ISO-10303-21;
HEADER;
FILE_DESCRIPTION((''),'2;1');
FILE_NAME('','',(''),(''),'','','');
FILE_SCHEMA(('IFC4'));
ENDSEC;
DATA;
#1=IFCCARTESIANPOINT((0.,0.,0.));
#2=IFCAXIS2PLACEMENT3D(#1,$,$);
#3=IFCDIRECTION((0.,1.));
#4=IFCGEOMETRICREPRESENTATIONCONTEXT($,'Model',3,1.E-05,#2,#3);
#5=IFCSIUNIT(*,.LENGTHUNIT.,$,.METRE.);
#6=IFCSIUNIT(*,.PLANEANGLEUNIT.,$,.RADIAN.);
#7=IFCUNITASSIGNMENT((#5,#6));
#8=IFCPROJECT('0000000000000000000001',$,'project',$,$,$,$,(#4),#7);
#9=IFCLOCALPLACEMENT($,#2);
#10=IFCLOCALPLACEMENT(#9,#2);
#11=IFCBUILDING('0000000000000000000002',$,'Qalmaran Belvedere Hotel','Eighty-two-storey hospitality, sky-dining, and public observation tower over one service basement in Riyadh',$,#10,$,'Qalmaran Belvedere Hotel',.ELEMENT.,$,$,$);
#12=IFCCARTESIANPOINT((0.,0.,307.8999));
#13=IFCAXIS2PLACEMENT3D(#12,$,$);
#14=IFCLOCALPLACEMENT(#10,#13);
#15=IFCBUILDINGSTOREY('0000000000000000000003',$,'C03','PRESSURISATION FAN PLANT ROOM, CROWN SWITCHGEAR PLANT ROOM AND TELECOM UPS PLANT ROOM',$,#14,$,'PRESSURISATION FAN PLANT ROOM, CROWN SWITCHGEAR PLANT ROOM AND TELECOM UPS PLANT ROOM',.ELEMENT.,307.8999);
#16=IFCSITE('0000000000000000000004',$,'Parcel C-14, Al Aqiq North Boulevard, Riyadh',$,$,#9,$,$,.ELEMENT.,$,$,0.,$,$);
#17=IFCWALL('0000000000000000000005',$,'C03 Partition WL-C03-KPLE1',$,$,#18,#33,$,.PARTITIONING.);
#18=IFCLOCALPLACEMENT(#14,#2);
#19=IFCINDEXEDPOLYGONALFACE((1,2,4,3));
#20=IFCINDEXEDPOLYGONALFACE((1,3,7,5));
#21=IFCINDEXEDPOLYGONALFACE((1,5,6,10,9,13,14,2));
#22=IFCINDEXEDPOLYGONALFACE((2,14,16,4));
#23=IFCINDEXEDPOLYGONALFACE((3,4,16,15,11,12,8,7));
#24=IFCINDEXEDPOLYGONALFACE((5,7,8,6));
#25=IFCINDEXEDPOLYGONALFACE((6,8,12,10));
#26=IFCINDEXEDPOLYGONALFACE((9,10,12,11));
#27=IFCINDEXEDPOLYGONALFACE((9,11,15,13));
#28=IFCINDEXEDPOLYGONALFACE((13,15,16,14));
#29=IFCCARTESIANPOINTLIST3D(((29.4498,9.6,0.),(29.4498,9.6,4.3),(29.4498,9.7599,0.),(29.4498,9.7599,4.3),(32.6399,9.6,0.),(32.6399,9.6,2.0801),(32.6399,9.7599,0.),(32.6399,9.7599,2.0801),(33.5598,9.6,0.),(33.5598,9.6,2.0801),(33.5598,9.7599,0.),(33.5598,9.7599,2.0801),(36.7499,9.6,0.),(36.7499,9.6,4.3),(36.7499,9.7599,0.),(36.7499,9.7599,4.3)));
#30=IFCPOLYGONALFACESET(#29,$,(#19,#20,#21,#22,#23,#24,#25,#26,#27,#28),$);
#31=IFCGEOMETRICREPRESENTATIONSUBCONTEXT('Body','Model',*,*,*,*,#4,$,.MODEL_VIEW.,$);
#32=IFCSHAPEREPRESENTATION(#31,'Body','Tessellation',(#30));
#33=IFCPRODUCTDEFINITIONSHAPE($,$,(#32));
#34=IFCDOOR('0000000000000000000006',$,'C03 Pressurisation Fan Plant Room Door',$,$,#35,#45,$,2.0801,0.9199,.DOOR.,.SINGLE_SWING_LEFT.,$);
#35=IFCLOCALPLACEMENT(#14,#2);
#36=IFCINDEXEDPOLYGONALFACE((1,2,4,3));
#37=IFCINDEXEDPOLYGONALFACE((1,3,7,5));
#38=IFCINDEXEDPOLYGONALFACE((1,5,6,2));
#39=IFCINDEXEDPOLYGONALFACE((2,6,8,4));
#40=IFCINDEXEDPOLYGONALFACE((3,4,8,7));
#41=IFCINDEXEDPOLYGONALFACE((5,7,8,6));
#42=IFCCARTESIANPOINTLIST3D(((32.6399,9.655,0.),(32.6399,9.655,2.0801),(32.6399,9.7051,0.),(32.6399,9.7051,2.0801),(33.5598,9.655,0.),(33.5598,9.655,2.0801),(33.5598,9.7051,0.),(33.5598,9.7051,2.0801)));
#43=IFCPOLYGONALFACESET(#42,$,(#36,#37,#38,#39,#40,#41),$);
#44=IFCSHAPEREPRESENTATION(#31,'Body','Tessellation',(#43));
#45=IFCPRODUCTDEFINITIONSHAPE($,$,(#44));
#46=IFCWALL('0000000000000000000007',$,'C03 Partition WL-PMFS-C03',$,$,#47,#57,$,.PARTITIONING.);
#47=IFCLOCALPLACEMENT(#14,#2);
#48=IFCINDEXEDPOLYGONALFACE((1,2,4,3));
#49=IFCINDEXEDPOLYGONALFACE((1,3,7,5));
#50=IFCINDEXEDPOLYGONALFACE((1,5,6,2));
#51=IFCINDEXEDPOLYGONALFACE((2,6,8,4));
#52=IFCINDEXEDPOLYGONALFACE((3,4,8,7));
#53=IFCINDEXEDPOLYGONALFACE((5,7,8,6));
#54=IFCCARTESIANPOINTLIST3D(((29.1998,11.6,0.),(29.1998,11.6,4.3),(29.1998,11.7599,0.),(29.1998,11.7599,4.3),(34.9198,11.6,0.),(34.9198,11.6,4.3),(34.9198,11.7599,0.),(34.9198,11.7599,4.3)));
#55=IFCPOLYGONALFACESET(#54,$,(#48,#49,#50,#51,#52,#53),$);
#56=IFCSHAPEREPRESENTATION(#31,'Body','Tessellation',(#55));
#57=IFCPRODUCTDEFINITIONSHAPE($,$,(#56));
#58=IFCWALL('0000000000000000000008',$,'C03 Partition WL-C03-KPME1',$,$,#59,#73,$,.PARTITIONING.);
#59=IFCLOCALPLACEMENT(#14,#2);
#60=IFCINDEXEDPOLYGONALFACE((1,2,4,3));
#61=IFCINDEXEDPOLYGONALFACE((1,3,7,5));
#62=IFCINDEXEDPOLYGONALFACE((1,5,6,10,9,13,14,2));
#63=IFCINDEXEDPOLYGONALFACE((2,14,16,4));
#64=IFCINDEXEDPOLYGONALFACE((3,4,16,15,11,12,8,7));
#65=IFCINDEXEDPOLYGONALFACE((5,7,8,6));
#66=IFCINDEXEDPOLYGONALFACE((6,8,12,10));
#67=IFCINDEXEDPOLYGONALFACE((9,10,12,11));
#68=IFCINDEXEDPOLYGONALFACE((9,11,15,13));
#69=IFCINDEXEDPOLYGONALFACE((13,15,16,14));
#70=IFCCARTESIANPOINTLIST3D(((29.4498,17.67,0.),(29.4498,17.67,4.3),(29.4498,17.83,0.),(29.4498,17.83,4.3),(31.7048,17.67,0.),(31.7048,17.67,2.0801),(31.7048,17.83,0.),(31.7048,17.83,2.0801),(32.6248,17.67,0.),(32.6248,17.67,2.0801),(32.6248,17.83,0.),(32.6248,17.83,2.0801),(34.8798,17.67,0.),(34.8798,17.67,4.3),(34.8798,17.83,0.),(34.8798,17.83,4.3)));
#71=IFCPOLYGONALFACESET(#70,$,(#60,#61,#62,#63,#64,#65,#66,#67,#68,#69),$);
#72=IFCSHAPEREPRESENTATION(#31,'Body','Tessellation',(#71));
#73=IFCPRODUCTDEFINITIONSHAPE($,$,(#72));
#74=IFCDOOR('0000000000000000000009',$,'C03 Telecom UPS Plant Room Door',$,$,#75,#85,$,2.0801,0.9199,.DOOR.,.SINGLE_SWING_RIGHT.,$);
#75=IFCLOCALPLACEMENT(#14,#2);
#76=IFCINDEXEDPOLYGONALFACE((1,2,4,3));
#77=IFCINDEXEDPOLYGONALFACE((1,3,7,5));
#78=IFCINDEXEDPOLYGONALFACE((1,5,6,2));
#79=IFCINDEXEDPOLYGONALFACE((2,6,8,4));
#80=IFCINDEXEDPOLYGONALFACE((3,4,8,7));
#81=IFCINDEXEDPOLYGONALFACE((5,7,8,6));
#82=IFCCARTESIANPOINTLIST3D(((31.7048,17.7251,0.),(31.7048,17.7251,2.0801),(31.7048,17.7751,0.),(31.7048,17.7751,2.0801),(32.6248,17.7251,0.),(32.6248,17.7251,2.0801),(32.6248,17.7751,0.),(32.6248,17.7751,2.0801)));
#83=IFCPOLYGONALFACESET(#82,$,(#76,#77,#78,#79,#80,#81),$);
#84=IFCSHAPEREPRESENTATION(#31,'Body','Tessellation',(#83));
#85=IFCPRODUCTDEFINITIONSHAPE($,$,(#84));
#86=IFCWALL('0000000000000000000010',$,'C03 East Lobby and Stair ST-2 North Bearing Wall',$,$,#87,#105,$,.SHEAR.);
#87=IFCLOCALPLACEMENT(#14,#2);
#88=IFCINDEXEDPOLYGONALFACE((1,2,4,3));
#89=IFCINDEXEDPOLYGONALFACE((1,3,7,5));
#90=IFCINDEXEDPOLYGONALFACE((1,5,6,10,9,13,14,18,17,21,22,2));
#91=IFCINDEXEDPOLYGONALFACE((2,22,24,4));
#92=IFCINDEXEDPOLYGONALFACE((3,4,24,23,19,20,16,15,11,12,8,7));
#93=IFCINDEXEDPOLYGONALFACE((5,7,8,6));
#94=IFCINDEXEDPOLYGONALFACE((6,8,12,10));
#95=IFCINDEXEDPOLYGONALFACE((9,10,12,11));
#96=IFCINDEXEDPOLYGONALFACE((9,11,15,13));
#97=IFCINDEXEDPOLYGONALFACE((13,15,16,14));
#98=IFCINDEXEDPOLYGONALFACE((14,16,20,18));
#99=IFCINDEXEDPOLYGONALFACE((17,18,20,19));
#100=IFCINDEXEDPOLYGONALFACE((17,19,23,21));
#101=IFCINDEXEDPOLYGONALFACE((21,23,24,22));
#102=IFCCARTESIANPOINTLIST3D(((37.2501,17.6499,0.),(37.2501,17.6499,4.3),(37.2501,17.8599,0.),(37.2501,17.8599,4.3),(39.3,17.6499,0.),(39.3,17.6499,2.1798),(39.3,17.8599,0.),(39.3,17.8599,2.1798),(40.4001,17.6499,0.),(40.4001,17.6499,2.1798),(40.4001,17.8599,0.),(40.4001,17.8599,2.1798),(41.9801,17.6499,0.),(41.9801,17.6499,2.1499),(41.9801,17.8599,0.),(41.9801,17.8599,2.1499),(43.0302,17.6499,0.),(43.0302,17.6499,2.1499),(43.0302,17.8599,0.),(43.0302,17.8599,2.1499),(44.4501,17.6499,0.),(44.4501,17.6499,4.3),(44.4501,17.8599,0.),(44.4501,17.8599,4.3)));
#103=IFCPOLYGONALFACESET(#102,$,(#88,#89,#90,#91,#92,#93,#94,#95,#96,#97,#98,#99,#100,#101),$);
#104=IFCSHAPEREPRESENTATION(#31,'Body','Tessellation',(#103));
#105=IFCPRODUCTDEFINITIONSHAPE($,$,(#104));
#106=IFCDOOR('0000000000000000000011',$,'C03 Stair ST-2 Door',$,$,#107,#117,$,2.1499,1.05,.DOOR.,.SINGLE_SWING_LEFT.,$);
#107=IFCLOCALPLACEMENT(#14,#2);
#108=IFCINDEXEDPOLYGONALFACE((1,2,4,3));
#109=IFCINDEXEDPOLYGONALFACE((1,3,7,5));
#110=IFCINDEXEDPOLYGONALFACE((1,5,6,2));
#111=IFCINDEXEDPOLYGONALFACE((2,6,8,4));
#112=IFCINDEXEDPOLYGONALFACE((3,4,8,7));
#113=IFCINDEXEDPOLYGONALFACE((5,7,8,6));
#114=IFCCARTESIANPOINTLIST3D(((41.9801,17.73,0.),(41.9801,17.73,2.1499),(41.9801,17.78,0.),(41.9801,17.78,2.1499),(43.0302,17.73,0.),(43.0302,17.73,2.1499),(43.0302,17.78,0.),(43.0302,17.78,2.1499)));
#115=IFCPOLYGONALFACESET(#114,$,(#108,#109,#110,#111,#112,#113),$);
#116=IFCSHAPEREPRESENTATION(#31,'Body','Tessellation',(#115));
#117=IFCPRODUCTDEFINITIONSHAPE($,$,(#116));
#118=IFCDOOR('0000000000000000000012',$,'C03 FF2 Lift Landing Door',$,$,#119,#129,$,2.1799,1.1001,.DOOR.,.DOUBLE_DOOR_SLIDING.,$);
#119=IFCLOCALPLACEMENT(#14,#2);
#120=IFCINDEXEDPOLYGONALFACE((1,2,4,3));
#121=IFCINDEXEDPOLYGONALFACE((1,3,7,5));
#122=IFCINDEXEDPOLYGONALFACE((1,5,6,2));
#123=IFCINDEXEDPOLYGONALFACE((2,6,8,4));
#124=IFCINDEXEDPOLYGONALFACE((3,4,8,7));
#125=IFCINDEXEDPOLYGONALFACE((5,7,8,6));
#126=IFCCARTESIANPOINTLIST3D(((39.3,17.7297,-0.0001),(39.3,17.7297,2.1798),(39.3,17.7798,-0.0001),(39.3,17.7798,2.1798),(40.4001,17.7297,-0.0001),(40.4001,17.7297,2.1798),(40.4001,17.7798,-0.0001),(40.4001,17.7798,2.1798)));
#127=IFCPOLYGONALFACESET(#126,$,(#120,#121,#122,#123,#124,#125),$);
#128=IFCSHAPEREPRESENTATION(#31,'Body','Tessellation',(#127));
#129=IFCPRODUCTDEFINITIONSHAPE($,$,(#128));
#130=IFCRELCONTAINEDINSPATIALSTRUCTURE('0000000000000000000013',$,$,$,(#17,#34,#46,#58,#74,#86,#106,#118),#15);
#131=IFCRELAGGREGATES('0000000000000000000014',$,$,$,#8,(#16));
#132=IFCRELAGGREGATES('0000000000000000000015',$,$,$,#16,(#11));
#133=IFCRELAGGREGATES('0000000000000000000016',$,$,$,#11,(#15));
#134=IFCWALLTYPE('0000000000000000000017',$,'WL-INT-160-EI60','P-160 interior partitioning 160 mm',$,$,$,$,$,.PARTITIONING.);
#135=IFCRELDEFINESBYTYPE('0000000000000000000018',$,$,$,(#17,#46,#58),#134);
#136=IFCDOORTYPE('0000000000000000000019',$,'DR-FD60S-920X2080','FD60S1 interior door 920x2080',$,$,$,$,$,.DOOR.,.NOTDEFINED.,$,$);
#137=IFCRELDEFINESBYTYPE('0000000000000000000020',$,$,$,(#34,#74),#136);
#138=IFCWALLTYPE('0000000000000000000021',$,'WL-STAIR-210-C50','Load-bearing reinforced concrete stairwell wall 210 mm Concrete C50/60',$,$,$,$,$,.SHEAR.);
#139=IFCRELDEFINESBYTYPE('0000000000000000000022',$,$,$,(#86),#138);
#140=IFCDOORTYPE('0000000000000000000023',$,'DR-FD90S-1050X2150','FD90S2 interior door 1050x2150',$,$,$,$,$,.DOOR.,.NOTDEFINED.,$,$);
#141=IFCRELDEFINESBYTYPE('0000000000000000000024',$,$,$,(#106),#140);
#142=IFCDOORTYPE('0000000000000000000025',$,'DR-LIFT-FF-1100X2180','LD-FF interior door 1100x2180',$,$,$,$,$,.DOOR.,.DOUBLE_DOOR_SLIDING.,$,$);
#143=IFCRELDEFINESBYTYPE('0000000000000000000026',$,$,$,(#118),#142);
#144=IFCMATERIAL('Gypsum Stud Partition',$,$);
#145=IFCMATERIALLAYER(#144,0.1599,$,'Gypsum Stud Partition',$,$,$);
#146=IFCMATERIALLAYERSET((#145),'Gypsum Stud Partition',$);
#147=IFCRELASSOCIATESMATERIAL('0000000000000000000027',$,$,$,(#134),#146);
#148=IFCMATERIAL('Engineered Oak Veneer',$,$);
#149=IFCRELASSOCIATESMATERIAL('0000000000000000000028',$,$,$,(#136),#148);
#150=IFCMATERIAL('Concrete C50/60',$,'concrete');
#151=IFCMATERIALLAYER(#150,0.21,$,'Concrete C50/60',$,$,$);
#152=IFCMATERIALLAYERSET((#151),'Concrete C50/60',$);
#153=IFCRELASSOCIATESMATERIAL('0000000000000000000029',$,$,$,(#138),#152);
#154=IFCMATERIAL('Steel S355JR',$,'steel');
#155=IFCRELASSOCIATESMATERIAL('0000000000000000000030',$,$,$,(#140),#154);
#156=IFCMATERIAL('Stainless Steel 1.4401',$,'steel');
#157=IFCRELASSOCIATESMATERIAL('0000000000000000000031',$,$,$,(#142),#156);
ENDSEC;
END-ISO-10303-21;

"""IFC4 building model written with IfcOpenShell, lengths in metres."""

from ifc_helpers import new_model, si_unit, direction, frame, frame_2d, origin, place, context, subcontext, project, spatial, rectangle, extrude, material, layer, layer_set, type_object, element, fill, save


model = new_model("IFC4")

# Units and contexts
model_context = context("Model", 3, precision=1e-05, world=origin(), true_north=direction((0.0, 1.0)))
body_context = subcontext(model_context, "Body", "Model", "MODEL_VIEW")
ifc_project = project(units=[si_unit("LENGTHUNIT", "METRE"), si_unit("PLANEANGLEUNIT", "RADIAN")], contexts=[model_context])

# Site, building, storey
site_placement = place(None, origin())
site = spatial("IfcSite", under=ifc_project, at=site_placement, Name="Parcel C-14, Al Aqiq North Boulevard, Riyadh", CompositionType="ELEMENT", RefElevation=0.0)
building_placement = place(site_placement, origin())
building = spatial("IfcBuilding", under=site, at=building_placement, Name="Qalmaran Belvedere Hotel", Description="Eighty-two-storey hospitality, sky-dining, and public observation tower over one service basement in Riyadh", LongName="Qalmaran Belvedere Hotel", CompositionType="ELEMENT")
storey_placement = place(building_placement, frame((0.0, 0.0, 307.8999)))
storey = spatial("IfcBuildingStorey", under=building, at=storey_placement, Name="C03", Description="PRESSURISATION FAN PLANT ROOM, CROWN SWITCHGEAR PLANT ROOM AND TELECOM UPS PLANT ROOM", LongName="PRESSURISATION FAN PLANT ROOM, CROWN SWITCHGEAR PLANT ROOM AND TELECOM UPS PLANT ROOM", CompositionType="ELEMENT", Elevation=307.8999)

# Shared definitions
ifc_material_1 = material(Name="Concrete C50/60", Category="concrete")
ifc_material_2 = material(Name="Steel S355JR", Category="steel")

# Shared definitions
ifc_material_3 = material(Name="Gypsum Stud Partition")

# Shared definitions
ifc_layer_1 = layer(ifc_material_3, 0.1599, Name="Gypsum Stud Partition")
ifc_layer_set_1 = layer_set([ifc_layer_1], Name="Gypsum Stud Partition")
wall_type_1 = type_object("IfcWallType", Name="WL-INT-160-EI60", Description="P-160 interior partitioning 160 mm", PredefinedType="PARTITIONING", material=ifc_layer_set_1)
ifc_material_4 = material(Name="Engineered Oak Veneer")

# Wall, opening, door
wall_1_placement = place(storey_placement, frame((29.45, 9.6799, 0.0), z_axis=(0.0, 0.0, 1.0), x_axis=(1.0, 0.0, 0.0)))
wall_1 = element("IfcWall", 1, at=wall_1_placement, inside=storey, type_object=wall_type_1, Name="C03 Partition WL-C03-KPLE1", PredefinedType="PARTITIONING", context=body_context, shape_type="SweptSolid", body=[
    extrude(rectangle(XDim=7.3, YDim=0.1599, at=frame_2d((3.6499, 0.0))), origin(), (0.0, 0.0, 1.0), 4.3),
])
opening_1_placement = place(wall_1_placement, frame((4.1099, 0.0, 0.0), z_axis=(0.0, 0.0, 1.0), x_axis=(-1.0, 0.0, 0.0)))
opening_1 = element("IfcOpeningElement", 2, at=opening_1_placement, cuts=wall_1, PredefinedType="OPENING", context=body_context, shape_type="SweptSolid", body=[
    extrude(rectangle(XDim=0.9199, YDim=2.0801, at=frame_2d((0.46, 1.04))), frame((0.0, 0.0898, 0.0), z_axis=(0.0, -1.0, 0.0), x_axis=(1.0, 0.0, 0.0)), (0.0, 0.0, 1.0), 0.1799),
])
door_type_1 = type_object("IfcDoorType", Name="DR-FD60S-920X2080", Description="FD60S1 interior door 920x2080", OperationType="NOTDEFINED", PredefinedType="DOOR", material=ifc_material_4)
door_1_placement = place(opening_1_placement, origin())
door_1 = element("IfcDoor", 3, at=door_1_placement, inside=storey, type_object=door_type_1, Name="C03 Pressurisation Fan Plant Room Door", OperationType="SINGLE_SWING_LEFT", OverallHeight=2.0801, OverallWidth=0.9199, PredefinedType="DOOR", context=body_context, shape_type="SweptSolid", body=[
    extrude(rectangle(XDim=0.9199, YDim=2.0801, at=frame_2d((0.46, 1.04))), frame((0.0, 0.0249, 0.0), z_axis=(0.0, -1.0, 0.0), x_axis=(1.0, 0.0, 0.0)), (0.0, 0.0, 1.0), 0.05),
])
fill(opening_1, door_1)

# Wall
wall_2_placement = place(storey_placement, frame((29.2, 11.6799, 0.0), z_axis=(0.0, 0.0, 1.0), x_axis=(1.0, 0.0, 0.0)))
element("IfcWall", 4, at=wall_2_placement, inside=storey, type_object=wall_type_1, Name="C03 Partition WL-PMFS-C03", PredefinedType="PARTITIONING", context=body_context, shape_type="SweptSolid", body=[
    extrude(rectangle(XDim=5.72, YDim=0.1599, at=frame_2d((2.8599, 0.0))), origin(), (0.0, 0.0, 1.0), 4.3),
])

# Wall, opening, door
wall_3_placement = place(storey_placement, frame((29.45, 17.75, 0.0), z_axis=(0.0, 0.0, 1.0), x_axis=(1.0, 0.0, 0.0)))
wall_3 = element("IfcWall", 5, at=wall_3_placement, inside=storey, type_object=wall_type_1, Name="C03 Partition WL-C03-KPME1", PredefinedType="PARTITIONING", context=body_context, shape_type="SweptSolid", body=[
    extrude(rectangle(XDim=5.4299, YDim=0.1599, at=frame_2d((2.7148, 0.0))), origin(), (0.0, 0.0, 1.0), 4.3),
])
opening_2_placement = place(wall_3_placement, frame((3.1748, 0.0, 0.0), z_axis=(0.0, 0.0, 1.0), x_axis=(-1.0, 0.0, 0.0)))
opening_2 = element("IfcOpeningElement", 6, at=opening_2_placement, cuts=wall_3, PredefinedType="OPENING", context=body_context, shape_type="SweptSolid", body=[
    extrude(rectangle(XDim=0.9199, YDim=2.0801, at=frame_2d((0.46, 1.04))), frame((0.0, 0.0898, 0.0), z_axis=(0.0, -1.0, 0.0), x_axis=(1.0, 0.0, 0.0)), (0.0, 0.0, 1.0), 0.1799),
])
door_2_placement = place(opening_2_placement, origin())
door_2 = element("IfcDoor", 7, at=door_2_placement, inside=storey, type_object=door_type_1, Name="C03 Telecom UPS Plant Room Door", OperationType="SINGLE_SWING_RIGHT", OverallHeight=2.0801, OverallWidth=0.9199, PredefinedType="DOOR", context=body_context, shape_type="SweptSolid", body=[
    extrude(rectangle(XDim=0.9199, YDim=2.0801, at=frame_2d((0.46, 1.04))), frame((0.0, 0.0249, 0.0), z_axis=(0.0, -1.0, 0.0), x_axis=(1.0, 0.0, 0.0)), (0.0, 0.0, 1.0), 0.05),
])
fill(opening_2, door_2)

# Wall, openings, doors
ifc_layer_2 = layer(ifc_material_1, 0.21, Name="Concrete C50/60")
ifc_layer_set_2 = layer_set([ifc_layer_2], Name="Concrete C50/60")
wall_type_2 = type_object("IfcWallType", Name="WL-STAIR-210-C50", Description="Load-bearing reinforced concrete stairwell wall 210 mm Concrete C50/60", PredefinedType="SHEAR", material=ifc_layer_set_2)
wall_4_placement = place(storey_placement, frame((37.25, 17.7549, 0.0), z_axis=(0.0, 0.0, 1.0), x_axis=(1.0, 0.0, 0.0)))
wall_4 = element("IfcWall", 8, at=wall_4_placement, inside=storey, type_object=wall_type_2, Name="C03 East Lobby and Stair ST-2 North Bearing Wall", PredefinedType="SHEAR", context=body_context, shape_type="SweptSolid", body=[
    extrude(rectangle(XDim=7.2, YDim=0.21, at=frame_2d((3.6001, 0.0))), origin(), (0.0, 0.0, 1.0), 4.3),
])
opening_3_placement = place(wall_4_placement, frame((2.05, 0.0, 0.0)))
opening_3 = element("IfcOpeningElement", 9, at=opening_3_placement, cuts=wall_4, PredefinedType="OPENING", context=body_context, shape_type="SweptSolid", body=[
    extrude(rectangle(XDim=1.1001, YDim=2.1799, at=frame_2d((0.55, 1.0898))), frame((0.0, 0.115, 0.0), z_axis=(0.0, -1.0, 0.0), x_axis=(1.0, 0.0, 0.0)), (0.0, 0.0, 1.0), 0.23),
])
opening_4_placement = place(wall_4_placement, frame((5.78, 0.0, 0.0), z_axis=(0.0, 0.0, 1.0), x_axis=(-1.0, 0.0, 0.0)))
opening_4 = element("IfcOpeningElement", 10, at=opening_4_placement, cuts=wall_4, PredefinedType="OPENING", context=body_context, shape_type="SweptSolid", body=[
    extrude(rectangle(XDim=1.05, YDim=2.1499, at=frame_2d((0.5249, 1.075))), frame((0.0, 0.115, 0.0), z_axis=(0.0, -1.0, 0.0), x_axis=(1.0, 0.0, 0.0)), (0.0, 0.0, 1.0), 0.23),
])
door_type_2 = type_object("IfcDoorType", Name="DR-FD90S-1050X2150", Description="FD90S2 interior door 1050x2150", OperationType="NOTDEFINED", PredefinedType="DOOR", material=ifc_material_2)
door_3_placement = place(opening_4_placement, origin())
door_3 = element("IfcDoor", 11, at=door_3_placement, inside=storey, type_object=door_type_2, Name="C03 Stair ST-2 Door", OperationType="SINGLE_SWING_LEFT", OverallHeight=2.1499, OverallWidth=1.05, PredefinedType="DOOR", context=body_context, shape_type="SweptSolid", body=[
    extrude(rectangle(XDim=1.05, YDim=2.1499, at=frame_2d((0.5249, 1.075))), frame((0.0, 0.0249, 0.0), z_axis=(0.0, -1.0, 0.0), x_axis=(1.0, 0.0, 0.0)), (0.0, 0.0, 1.0), 0.05),
])
fill(opening_4, door_3)
ifc_material_5 = material(Name="Stainless Steel 1.4401", Category="steel")
door_type_3 = type_object("IfcDoorType", Name="DR-LIFT-FF-1100X2180", Description="LD-FF interior door 1100x2180", OperationType="DOUBLE_DOOR_SLIDING", PredefinedType="DOOR", material=ifc_material_5)
door_4_placement = place(opening_3_placement, origin())
door_4 = element("IfcDoor", 12, at=door_4_placement, inside=storey, type_object=door_type_3, Name="C03 FF2 Lift Landing Door", OperationType="DOUBLE_DOOR_SLIDING", OverallHeight=2.1799, OverallWidth=1.1001, PredefinedType="DOOR", context=body_context, shape_type="SweptSolid", body=[
    extrude(rectangle(XDim=1.1001, YDim=2.1799, at=frame_2d((0.55, 1.0898))), frame((0.0, 0.0249, 0.0), z_axis=(0.0, -1.0, 0.0), x_axis=(1.0, 0.0, 0.0)), (0.0, 0.0, 1.0), 0.05),
])
fill(opening_3, door_4)

save(model, "model.ifc")
